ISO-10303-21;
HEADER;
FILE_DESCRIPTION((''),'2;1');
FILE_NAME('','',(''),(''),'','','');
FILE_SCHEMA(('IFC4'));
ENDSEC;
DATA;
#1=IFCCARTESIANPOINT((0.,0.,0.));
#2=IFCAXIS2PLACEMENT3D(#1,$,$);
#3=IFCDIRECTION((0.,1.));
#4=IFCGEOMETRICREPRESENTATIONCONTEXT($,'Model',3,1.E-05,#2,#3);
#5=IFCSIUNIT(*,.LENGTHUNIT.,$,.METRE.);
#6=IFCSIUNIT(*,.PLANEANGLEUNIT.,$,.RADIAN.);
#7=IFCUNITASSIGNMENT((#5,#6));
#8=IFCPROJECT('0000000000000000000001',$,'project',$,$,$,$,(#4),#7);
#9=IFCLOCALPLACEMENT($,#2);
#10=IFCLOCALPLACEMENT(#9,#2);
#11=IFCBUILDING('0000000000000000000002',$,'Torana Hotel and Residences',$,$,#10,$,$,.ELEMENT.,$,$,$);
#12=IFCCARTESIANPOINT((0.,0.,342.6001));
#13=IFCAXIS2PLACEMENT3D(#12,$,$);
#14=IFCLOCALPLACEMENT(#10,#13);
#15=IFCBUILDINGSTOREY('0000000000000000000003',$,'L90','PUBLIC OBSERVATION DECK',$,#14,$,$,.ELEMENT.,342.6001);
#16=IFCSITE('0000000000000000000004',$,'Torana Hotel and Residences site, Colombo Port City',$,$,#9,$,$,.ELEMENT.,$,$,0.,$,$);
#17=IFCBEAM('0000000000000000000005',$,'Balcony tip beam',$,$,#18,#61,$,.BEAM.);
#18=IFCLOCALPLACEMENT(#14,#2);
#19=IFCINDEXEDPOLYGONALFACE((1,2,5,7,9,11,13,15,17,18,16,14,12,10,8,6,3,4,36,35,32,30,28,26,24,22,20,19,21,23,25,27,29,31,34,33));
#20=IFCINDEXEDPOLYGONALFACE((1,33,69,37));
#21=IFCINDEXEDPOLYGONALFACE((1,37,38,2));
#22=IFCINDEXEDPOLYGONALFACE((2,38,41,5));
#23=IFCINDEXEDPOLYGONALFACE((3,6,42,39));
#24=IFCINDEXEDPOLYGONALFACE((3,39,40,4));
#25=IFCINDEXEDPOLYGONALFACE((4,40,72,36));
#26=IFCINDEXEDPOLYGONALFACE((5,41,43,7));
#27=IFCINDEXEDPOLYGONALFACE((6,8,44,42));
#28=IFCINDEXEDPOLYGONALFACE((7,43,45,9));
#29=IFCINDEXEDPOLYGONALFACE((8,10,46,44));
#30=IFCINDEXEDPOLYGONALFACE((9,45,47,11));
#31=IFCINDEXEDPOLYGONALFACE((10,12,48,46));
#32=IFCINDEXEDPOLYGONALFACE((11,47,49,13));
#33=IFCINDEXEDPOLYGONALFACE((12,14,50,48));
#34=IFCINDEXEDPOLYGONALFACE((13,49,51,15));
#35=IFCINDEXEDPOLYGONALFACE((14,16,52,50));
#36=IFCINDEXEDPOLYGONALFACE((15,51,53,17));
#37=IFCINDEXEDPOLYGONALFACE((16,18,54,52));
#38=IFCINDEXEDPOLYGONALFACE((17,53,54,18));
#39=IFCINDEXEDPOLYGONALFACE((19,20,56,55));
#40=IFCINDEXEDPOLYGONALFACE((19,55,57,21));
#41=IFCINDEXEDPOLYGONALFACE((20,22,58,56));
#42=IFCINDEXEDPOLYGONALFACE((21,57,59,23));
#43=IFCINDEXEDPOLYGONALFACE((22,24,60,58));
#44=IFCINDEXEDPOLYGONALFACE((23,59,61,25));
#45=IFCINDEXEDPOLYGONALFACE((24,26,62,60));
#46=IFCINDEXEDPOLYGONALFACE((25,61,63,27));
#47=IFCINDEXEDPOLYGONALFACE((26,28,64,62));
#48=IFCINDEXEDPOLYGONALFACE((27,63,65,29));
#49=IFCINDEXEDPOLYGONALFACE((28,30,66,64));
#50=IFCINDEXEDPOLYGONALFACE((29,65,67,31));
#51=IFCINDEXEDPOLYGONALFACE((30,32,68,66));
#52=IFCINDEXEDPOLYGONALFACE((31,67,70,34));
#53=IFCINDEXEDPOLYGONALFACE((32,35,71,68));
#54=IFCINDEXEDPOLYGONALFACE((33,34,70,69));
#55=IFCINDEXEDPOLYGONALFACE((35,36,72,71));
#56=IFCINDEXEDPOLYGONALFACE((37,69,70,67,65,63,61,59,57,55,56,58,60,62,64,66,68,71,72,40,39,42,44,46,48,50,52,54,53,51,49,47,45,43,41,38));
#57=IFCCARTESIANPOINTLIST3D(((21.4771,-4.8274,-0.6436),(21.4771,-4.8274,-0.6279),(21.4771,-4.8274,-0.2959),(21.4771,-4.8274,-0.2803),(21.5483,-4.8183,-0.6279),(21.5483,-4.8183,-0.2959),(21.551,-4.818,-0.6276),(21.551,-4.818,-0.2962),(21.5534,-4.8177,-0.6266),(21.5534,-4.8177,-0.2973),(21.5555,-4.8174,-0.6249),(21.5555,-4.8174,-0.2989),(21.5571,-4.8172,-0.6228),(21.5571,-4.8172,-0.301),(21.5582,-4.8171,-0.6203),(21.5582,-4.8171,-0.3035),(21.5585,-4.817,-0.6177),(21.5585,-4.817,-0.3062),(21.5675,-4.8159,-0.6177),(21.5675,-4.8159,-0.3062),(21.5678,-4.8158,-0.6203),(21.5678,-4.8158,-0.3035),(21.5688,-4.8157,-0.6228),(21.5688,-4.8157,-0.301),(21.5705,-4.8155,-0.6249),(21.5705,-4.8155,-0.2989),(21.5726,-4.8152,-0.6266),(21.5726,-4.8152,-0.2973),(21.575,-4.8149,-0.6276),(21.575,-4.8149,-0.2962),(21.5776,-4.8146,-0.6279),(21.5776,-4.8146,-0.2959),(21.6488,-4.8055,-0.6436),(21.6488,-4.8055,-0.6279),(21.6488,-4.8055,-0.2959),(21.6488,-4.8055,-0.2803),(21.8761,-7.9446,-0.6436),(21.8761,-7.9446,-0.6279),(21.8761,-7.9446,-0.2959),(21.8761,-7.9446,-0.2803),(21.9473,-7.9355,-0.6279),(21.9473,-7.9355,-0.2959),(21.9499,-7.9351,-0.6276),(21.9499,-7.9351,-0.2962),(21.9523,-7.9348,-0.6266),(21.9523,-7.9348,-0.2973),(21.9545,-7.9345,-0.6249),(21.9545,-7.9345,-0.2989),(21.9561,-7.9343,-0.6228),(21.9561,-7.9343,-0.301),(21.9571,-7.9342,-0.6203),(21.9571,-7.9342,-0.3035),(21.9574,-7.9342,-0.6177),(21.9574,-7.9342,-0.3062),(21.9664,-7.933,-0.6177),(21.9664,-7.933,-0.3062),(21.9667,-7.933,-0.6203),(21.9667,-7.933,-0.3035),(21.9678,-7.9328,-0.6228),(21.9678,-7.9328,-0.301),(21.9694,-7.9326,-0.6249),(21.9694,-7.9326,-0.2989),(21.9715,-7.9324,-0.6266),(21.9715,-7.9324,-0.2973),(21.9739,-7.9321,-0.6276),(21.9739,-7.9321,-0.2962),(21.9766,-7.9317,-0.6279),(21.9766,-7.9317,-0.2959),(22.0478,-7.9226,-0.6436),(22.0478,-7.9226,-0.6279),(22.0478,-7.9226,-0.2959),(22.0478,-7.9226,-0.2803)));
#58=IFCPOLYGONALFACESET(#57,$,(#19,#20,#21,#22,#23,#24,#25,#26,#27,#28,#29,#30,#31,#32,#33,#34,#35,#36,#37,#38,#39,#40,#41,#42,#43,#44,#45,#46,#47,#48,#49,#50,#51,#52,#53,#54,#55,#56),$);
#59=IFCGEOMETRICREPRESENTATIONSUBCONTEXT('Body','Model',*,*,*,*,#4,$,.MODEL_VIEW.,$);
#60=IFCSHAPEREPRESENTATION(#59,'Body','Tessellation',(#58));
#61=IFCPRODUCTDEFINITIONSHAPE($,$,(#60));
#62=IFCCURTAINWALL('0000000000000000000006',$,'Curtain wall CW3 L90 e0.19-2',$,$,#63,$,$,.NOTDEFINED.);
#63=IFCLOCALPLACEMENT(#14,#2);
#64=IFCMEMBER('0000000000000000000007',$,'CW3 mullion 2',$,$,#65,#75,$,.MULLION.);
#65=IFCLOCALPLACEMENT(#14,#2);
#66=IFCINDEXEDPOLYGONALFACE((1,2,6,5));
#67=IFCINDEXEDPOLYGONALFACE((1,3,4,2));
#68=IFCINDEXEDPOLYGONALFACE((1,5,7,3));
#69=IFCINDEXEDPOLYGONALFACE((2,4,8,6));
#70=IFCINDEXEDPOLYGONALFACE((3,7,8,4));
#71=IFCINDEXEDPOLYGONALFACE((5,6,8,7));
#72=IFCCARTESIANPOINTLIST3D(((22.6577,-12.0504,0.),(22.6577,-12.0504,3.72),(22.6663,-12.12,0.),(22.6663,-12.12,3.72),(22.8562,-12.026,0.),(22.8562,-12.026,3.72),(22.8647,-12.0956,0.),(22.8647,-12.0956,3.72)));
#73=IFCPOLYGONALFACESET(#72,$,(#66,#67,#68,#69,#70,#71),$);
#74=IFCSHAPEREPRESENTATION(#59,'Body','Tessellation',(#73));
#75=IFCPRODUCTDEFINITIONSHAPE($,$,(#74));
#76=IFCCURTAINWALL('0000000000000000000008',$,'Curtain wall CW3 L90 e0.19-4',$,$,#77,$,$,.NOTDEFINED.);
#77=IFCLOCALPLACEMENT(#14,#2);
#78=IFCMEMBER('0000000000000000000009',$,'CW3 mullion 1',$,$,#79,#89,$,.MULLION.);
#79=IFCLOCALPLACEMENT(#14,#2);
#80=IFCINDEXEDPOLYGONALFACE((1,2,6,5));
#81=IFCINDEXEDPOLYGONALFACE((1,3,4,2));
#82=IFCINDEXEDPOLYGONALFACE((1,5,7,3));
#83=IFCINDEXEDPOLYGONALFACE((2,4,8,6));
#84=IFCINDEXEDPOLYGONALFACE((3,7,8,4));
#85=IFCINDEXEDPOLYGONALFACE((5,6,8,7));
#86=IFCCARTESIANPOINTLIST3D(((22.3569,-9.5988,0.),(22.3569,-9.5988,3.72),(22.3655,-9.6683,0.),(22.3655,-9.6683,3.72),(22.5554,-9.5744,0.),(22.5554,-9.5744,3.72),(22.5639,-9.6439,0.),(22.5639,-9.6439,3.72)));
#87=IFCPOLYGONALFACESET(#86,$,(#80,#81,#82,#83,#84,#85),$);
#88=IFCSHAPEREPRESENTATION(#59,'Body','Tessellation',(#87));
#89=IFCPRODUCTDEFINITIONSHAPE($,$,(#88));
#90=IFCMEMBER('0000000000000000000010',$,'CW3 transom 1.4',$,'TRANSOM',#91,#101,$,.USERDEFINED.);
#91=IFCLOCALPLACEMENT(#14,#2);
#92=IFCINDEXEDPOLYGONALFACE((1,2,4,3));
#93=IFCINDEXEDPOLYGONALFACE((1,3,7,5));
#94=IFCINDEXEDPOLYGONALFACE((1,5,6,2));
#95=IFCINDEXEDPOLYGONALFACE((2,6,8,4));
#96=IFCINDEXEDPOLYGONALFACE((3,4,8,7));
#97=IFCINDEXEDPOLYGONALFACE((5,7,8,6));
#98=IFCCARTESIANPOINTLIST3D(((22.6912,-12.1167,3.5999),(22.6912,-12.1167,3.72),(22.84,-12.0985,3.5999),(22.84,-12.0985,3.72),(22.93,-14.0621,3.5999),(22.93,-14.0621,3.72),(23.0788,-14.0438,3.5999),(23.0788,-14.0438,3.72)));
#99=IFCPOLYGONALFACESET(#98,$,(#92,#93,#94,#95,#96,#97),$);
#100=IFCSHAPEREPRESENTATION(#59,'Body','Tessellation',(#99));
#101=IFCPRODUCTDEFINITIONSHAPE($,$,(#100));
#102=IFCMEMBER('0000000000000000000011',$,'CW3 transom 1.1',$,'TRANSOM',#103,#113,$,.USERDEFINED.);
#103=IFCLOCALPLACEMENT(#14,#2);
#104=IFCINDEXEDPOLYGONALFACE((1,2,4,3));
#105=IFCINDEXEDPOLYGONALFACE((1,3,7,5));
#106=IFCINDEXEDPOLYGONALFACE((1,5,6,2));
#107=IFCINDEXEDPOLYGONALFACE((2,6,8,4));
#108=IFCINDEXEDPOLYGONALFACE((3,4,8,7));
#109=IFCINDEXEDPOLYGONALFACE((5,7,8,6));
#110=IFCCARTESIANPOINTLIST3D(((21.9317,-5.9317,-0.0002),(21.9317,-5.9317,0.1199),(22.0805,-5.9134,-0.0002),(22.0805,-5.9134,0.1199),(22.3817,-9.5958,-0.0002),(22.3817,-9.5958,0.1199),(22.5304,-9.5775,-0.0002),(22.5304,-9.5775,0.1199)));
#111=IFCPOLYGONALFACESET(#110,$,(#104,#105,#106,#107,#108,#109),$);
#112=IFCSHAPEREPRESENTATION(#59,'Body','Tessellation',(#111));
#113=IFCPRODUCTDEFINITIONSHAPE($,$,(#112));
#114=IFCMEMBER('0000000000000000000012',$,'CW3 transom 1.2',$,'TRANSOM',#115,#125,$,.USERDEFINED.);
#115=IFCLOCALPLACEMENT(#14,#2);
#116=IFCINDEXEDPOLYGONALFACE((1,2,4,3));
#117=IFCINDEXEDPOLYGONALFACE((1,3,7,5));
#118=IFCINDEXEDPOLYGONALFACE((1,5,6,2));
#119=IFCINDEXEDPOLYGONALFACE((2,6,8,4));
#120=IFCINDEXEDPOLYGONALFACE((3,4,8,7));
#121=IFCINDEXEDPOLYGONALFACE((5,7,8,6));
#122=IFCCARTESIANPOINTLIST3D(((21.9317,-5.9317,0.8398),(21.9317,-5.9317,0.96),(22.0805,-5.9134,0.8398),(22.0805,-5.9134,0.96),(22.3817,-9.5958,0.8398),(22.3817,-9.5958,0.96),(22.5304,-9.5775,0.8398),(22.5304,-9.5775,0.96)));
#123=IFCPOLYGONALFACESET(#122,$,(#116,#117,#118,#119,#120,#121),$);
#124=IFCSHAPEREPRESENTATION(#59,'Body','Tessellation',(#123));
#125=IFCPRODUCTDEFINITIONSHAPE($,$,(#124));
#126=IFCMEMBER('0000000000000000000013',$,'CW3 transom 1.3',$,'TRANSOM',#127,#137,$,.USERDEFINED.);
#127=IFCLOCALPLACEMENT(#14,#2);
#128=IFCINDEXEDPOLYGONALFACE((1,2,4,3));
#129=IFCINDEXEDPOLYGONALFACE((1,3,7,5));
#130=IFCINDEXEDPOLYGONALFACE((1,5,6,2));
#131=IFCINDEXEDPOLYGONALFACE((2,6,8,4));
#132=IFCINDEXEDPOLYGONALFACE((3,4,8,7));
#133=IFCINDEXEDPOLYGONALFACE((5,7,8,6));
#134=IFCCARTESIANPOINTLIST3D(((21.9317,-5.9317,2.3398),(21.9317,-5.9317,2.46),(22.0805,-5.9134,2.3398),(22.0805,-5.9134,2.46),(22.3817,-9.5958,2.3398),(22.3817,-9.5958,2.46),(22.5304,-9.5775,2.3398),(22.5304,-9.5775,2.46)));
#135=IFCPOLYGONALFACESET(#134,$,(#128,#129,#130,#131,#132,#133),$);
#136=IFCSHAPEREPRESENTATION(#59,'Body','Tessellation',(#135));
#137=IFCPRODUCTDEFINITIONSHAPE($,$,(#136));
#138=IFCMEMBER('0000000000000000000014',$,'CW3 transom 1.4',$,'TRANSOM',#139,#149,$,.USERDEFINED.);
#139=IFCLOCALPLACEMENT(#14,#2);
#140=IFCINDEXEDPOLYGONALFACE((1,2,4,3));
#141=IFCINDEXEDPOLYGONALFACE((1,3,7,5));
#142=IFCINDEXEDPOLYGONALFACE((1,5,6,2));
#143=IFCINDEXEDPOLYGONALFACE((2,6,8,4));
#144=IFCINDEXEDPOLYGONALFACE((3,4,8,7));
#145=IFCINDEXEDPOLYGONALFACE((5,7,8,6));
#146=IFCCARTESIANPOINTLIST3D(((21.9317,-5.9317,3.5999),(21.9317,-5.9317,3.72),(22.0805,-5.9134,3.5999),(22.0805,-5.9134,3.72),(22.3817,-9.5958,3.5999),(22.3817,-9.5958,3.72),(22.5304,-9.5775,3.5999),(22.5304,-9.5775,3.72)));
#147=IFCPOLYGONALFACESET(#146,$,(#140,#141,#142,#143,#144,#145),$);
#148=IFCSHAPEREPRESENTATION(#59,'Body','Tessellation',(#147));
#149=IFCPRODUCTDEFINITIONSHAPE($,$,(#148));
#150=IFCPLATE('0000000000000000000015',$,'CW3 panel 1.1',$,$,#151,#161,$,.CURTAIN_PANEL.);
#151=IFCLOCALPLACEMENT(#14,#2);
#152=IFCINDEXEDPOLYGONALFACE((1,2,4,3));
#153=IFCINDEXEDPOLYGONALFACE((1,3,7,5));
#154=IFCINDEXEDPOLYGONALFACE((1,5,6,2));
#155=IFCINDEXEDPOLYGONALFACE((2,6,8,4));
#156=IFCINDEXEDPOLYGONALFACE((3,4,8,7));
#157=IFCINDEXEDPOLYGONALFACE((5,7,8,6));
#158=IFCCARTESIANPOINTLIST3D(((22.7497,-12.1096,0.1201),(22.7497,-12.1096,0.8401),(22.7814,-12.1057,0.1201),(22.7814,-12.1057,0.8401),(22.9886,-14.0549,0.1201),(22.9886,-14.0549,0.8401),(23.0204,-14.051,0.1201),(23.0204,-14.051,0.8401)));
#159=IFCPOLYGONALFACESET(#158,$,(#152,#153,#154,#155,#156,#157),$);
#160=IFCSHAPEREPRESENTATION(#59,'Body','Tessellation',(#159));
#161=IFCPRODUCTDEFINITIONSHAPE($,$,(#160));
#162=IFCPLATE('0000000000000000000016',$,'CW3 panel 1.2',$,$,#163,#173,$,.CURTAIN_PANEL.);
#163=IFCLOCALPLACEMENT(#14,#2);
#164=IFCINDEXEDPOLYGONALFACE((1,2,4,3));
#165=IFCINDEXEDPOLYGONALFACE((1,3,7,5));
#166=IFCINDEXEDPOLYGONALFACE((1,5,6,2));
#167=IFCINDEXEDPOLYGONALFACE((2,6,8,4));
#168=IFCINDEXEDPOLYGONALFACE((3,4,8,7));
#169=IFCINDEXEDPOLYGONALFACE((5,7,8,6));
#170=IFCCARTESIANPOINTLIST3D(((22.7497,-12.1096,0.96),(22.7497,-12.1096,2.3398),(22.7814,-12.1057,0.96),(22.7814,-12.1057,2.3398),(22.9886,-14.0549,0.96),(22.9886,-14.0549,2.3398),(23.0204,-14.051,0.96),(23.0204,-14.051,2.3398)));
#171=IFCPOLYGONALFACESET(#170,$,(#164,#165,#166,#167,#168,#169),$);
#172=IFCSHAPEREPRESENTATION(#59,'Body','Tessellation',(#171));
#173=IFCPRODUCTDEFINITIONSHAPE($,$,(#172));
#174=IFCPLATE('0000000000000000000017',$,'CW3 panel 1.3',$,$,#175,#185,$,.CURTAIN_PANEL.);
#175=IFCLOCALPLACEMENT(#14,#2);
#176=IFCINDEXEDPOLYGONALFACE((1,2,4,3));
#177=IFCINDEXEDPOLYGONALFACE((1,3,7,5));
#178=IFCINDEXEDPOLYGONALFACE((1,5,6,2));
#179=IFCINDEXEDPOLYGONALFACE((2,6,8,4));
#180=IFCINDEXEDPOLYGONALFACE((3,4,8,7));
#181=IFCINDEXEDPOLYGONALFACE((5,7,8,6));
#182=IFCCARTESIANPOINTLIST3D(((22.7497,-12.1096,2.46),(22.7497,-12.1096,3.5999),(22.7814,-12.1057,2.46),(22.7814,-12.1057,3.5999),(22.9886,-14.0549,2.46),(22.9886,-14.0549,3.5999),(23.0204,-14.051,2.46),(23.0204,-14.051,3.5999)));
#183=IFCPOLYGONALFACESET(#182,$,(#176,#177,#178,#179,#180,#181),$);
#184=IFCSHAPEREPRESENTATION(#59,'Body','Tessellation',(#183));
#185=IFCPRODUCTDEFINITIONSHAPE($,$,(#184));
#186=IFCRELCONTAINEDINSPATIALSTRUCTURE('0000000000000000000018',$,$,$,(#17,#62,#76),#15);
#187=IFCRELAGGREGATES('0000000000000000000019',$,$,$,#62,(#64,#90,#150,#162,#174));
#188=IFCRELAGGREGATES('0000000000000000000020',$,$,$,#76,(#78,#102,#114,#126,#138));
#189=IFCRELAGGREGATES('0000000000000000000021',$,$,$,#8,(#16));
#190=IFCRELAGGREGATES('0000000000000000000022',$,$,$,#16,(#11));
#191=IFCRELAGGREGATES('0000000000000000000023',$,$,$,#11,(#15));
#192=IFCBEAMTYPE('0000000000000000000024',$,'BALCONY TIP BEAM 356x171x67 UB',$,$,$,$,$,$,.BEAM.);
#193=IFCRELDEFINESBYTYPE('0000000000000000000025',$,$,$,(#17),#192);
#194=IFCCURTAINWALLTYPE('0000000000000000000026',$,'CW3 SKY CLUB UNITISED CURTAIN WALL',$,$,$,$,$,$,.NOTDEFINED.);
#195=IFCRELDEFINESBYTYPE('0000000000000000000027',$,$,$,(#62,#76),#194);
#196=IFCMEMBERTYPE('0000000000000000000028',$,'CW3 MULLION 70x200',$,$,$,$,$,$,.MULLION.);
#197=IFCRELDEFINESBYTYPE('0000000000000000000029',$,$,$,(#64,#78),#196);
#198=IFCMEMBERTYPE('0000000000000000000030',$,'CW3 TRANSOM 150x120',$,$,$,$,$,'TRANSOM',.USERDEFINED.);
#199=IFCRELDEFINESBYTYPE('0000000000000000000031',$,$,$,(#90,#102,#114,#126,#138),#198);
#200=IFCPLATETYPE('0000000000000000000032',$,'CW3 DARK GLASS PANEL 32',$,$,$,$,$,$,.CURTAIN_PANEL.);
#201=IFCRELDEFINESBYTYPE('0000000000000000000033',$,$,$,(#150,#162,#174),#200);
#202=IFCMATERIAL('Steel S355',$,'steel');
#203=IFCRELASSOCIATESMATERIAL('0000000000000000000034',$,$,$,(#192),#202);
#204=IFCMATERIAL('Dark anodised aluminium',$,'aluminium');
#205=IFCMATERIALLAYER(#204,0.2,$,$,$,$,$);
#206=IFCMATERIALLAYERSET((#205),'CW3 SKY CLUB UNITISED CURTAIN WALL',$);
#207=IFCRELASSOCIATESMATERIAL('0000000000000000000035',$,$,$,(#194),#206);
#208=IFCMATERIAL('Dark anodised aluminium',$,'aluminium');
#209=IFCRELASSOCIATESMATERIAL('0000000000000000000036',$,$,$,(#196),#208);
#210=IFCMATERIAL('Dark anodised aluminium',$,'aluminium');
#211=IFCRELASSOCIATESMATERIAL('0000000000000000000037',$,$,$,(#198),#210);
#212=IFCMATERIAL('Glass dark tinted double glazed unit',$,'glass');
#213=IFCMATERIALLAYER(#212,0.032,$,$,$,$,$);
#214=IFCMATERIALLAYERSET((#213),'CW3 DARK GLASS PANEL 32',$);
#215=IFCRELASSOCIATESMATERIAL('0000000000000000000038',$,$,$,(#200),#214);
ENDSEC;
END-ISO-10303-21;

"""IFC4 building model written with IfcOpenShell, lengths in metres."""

from ifc_helpers import new_model, si_unit, direction, frame, origin, origin_2d, place, context, subcontext, project, spatial, rectangle, i_section, extrude, material, layer, layer_set, material_profile, profile_set, type_object, element, aggregate, save


model = new_model("IFC4")

# Units and contexts
model_context = context("Model", 3, precision=1e-05, world=origin(), true_north=direction((0.0, 1.0)))
body_context = subcontext(model_context, "Body", "Model", "MODEL_VIEW")
ifc_project = project(units=[si_unit("LENGTHUNIT", "METRE"), si_unit("PLANEANGLEUNIT", "RADIAN")], contexts=[model_context])

# Site, building, storey
site_placement = place(None, origin())
site = spatial("IfcSite", under=ifc_project, at=site_placement, Name="Torana Hotel and Residences site, Colombo Port City", CompositionType="ELEMENT", RefElevation=0.0)
building_placement = place(site_placement, origin())
building = spatial("IfcBuilding", under=site, at=building_placement, Name="Torana Hotel and Residences", CompositionType="ELEMENT")
storey_placement = place(building_placement, frame((0.0, 0.0, 342.6001)))
storey = spatial("IfcBuildingStorey", under=building, at=storey_placement, Name="L90", Description="PUBLIC OBSERVATION DECK", CompositionType="ELEMENT", Elevation=342.6001)

# Beam
ifc_material_1 = material(Name="Steel S355", Category="steel")
ifc_material_profile_1 = material_profile(ifc_material_1, i_section(OverallWidth=0.1731, OverallDepth=0.3633, WebThickness=0.009, FlangeThickness=0.0156, FilletRadius=0.0103, at=origin_2d()), Name="356x171x67 UB")
ifc_profile_set_1 = profile_set([ifc_material_profile_1], Name="Steel S355")
beam_type = type_object("IfcBeamType", Name="BALCONY TIP BEAM 356x171x67 UB", PredefinedType="BEAM", material=ifc_profile_set_1)
beam_placement = place(storey_placement, frame((21.9619, -7.9336, -0.4619), z_axis=(-0.126941, 0.99191, 0.0), x_axis=(-0.99191, -0.126941, 0.0)))
element("IfcBeam", 1, at=beam_placement, inside=storey, type_object=beam_type, Name="Balcony tip beam", PredefinedType="BEAM", context=body_context, shape_type="SweptSolid", body=[
    extrude(i_section(OverallWidth=0.1731, OverallDepth=0.3633, WebThickness=0.009, FlangeThickness=0.0156, FilletRadius=0.0103, at=origin_2d()), origin(), (0.0, 0.0, 1.0), 3.1426),
])

# Curtain walls, members
ifc_material_2 = material(Name="Dark anodised aluminium", Category="aluminium")
ifc_layer_1 = layer(ifc_material_2, 0.2)
ifc_layer_set_1 = layer_set([ifc_layer_1], Name="CW3 SKY CLUB UNITISED CURTAIN WALL")
curtain_wall_type = type_object("IfcCurtainWallType", Name="CW3 SKY CLUB UNITISED CURTAIN WALL", PredefinedType="NOTDEFINED", material=ifc_layer_set_1)
curtain_wall_1_placement = place(storey_placement, origin())
curtain_wall_1 = element("IfcCurtainWall", 2, at=curtain_wall_1_placement, inside=storey, type_object=curtain_wall_type, Name="Curtain wall CW3 L90 e0.19-2", PredefinedType="NOTDEFINED")
ifc_material_3 = material(Name="Dark anodised aluminium", Category="aluminium")
ifc_material_profile_2 = material_profile(ifc_material_3, rectangle(XDim=0.2, YDim=0.0701, at=origin_2d()), Name="CW3 MULLION 70x200")
ifc_profile_set_2 = profile_set([ifc_material_profile_2], Name="Dark anodised aluminium")
member_type_1 = type_object("IfcMemberType", Name="CW3 MULLION 70x200", PredefinedType="MULLION", material=ifc_profile_set_2)
member_1_placement = place(storey_placement, frame((22.7612, -12.073, 0.0), z_axis=(0.0, 0.0, 1.0), x_axis=(-0.992541, -0.121913, 0.0)))
member_1 = element("IfcMember", 3, at=member_1_placement, type_object=member_type_1, Name="CW3 mullion 2", PredefinedType="MULLION", context=body_context, shape_type="SweptSolid", body=[
    extrude(rectangle(XDim=0.2, YDim=0.0701, at=origin_2d()), origin(), (0.0, 0.0, 1.0), 3.72),
])
curtain_wall_2_placement = place(storey_placement, origin())
curtain_wall_2 = element("IfcCurtainWall", 4, at=curtain_wall_2_placement, inside=storey, type_object=curtain_wall_type, Name="Curtain wall CW3 L90 e0.19-4", PredefinedType="NOTDEFINED")
member_2_placement = place(storey_placement, frame((22.4604, -9.6213, 0.0), z_axis=(0.0, 0.0, 1.0), x_axis=(-0.992544, -0.121885, 0.0)))
member_2 = element("IfcMember", 5, at=member_2_placement, type_object=member_type_1, Name="CW3 mullion 1", PredefinedType="MULLION", context=body_context, shape_type="SweptSolid", body=[
    extrude(rectangle(XDim=0.2, YDim=0.0701, at=origin_2d()), origin(), (0.0, 0.0, 1.0), 3.72),
])

# Members
ifc_material_4 = material(Name="Dark anodised aluminium", Category="aluminium")
ifc_material_profile_3 = material_profile(ifc_material_4, rectangle(XDim=0.1499, YDim=0.1201, at=origin_2d()), Name="CW3 TRANSOM 150x120")
ifc_profile_set_3 = profile_set([ifc_material_profile_3], Name="Dark anodised aluminium")
member_type_2 = type_object("IfcMemberType", Name="CW3 TRANSOM 150x120", ElementType="TRANSOM", PredefinedType="USERDEFINED", material=ifc_profile_set_3)
member_3_placement = place(storey_placement, frame((23.0044, -14.053, 3.6599), z_axis=(-0.121827, 0.992551, 0.0), x_axis=(-0.992551, -0.121827, 0.0)))
member_3 = element("IfcMember", 6, at=member_3_placement, type_object=member_type_2, Name="CW3 transom 1.4", ObjectType="TRANSOM", PredefinedType="USERDEFINED", context=body_context, shape_type="SweptSolid", body=[
    extrude(rectangle(XDim=0.1499, YDim=0.1201, at=origin_2d()), origin(), (0.0, 0.0, 1.0), 1.96),
])
member_4_placement = place(storey_placement, frame((22.4561, -9.5867, 0.0598), z_axis=(-0.121886, 0.992544, 0.0), x_axis=(-0.992544, -0.121886, 0.0)))
member_4 = element("IfcMember", 7, at=member_4_placement, type_object=member_type_2, Name="CW3 transom 1.1", ObjectType="TRANSOM", PredefinedType="USERDEFINED", context=body_context, shape_type="SweptSolid", body=[
    extrude(rectangle(XDim=0.1499, YDim=0.1201, at=origin_2d()), origin(), (0.0, 0.0, 1.0), 3.6917),
])
member_5_placement = place(storey_placement, frame((22.4561, -9.5867, 0.8999), z_axis=(-0.121886, 0.992544, 0.0), x_axis=(-0.992544, -0.121886, 0.0)))
member_5 = element("IfcMember", 8, at=member_5_placement, type_object=member_type_2, Name="CW3 transom 1.2", ObjectType="TRANSOM", PredefinedType="USERDEFINED", context=body_context, shape_type="SweptSolid", body=[
    extrude(rectangle(XDim=0.1499, YDim=0.1201, at=origin_2d()), origin(), (0.0, 0.0, 1.0), 3.6917),
])
member_6_placement = place(storey_placement, frame((22.4561, -9.5867, 2.3999), z_axis=(-0.121886, 0.992544, 0.0), x_axis=(-0.992544, -0.121886, 0.0)))
member_6 = element("IfcMember", 9, at=member_6_placement, type_object=member_type_2, Name="CW3 transom 1.3", ObjectType="TRANSOM", PredefinedType="USERDEFINED", context=body_context, shape_type="SweptSolid", body=[
    extrude(rectangle(XDim=0.1499, YDim=0.1201, at=origin_2d()), origin(), (0.0, 0.0, 1.0), 3.6917),
])
member_7_placement = place(storey_placement, frame((22.4561, -9.5867, 3.6599), z_axis=(-0.121886, 0.992544, 0.0), x_axis=(-0.992544, -0.121886, 0.0)))
member_7 = element("IfcMember", 10, at=member_7_placement, type_object=member_type_2, Name="CW3 transom 1.4", ObjectType="TRANSOM", PredefinedType="USERDEFINED", context=body_context, shape_type="SweptSolid", body=[
    extrude(rectangle(XDim=0.1499, YDim=0.1201, at=origin_2d()), origin(), (0.0, 0.0, 1.0), 3.6917),
])

# Plates
ifc_material_5 = material(Name="Glass dark tinted double glazed unit", Category="glass")
ifc_layer_2 = layer(ifc_material_5, 0.032)
ifc_layer_set_2 = layer_set([ifc_layer_2], Name="CW3 DARK GLASS PANEL 32")
plate_type = type_object("IfcPlateType", Name="CW3 DARK GLASS PANEL 32", PredefinedType="CURTAIN_PANEL", material=ifc_layer_set_2)
plate_1_placement = place(storey_placement, frame((22.885, -13.0803, 0.1201), z_axis=(0.0, 0.0, 1.0), x_axis=(-0.121913, 0.992541, 0.0)))
plate_1 = element("IfcPlate", 11, at=plate_1_placement, type_object=plate_type, Name="CW3 panel 1.1", PredefinedType="CURTAIN_PANEL", context=body_context, shape_type="SweptSolid", body=[
    extrude(rectangle(XDim=1.96, YDim=0.032, at=origin_2d()), origin(), (0.0, 0.0, 1.0), 0.72),
])
plate_2_placement = place(storey_placement, frame((22.885, -13.0803, 0.96), z_axis=(0.0, 0.0, 1.0), x_axis=(-0.121913, 0.992541, 0.0)))
plate_2 = element("IfcPlate", 12, at=plate_2_placement, type_object=plate_type, Name="CW3 panel 1.2", PredefinedType="CURTAIN_PANEL", context=body_context, shape_type="SweptSolid", body=[
    extrude(rectangle(XDim=1.96, YDim=0.032, at=origin_2d()), origin(), (0.0, 0.0, 1.0), 1.3799),
])
plate_3_placement = place(storey_placement, frame((22.885, -13.0803, 2.46), z_axis=(0.0, 0.0, 1.0), x_axis=(-0.121913, 0.992541, 0.0)))
plate_3 = element("IfcPlate", 13, at=plate_3_placement, type_object=plate_type, Name="CW3 panel 1.3", PredefinedType="CURTAIN_PANEL", context=body_context, shape_type="SweptSolid", body=[
    extrude(rectangle(XDim=1.96, YDim=0.032, at=origin_2d()), origin(), (0.0, 0.0, 1.0), 1.1399),
])
aggregate(curtain_wall_1, [member_1, member_3, plate_1, plate_2, plate_3])
aggregate(curtain_wall_2, [member_2, member_4, member_5, member_6, member_7])

save(model, "model.ifc")
